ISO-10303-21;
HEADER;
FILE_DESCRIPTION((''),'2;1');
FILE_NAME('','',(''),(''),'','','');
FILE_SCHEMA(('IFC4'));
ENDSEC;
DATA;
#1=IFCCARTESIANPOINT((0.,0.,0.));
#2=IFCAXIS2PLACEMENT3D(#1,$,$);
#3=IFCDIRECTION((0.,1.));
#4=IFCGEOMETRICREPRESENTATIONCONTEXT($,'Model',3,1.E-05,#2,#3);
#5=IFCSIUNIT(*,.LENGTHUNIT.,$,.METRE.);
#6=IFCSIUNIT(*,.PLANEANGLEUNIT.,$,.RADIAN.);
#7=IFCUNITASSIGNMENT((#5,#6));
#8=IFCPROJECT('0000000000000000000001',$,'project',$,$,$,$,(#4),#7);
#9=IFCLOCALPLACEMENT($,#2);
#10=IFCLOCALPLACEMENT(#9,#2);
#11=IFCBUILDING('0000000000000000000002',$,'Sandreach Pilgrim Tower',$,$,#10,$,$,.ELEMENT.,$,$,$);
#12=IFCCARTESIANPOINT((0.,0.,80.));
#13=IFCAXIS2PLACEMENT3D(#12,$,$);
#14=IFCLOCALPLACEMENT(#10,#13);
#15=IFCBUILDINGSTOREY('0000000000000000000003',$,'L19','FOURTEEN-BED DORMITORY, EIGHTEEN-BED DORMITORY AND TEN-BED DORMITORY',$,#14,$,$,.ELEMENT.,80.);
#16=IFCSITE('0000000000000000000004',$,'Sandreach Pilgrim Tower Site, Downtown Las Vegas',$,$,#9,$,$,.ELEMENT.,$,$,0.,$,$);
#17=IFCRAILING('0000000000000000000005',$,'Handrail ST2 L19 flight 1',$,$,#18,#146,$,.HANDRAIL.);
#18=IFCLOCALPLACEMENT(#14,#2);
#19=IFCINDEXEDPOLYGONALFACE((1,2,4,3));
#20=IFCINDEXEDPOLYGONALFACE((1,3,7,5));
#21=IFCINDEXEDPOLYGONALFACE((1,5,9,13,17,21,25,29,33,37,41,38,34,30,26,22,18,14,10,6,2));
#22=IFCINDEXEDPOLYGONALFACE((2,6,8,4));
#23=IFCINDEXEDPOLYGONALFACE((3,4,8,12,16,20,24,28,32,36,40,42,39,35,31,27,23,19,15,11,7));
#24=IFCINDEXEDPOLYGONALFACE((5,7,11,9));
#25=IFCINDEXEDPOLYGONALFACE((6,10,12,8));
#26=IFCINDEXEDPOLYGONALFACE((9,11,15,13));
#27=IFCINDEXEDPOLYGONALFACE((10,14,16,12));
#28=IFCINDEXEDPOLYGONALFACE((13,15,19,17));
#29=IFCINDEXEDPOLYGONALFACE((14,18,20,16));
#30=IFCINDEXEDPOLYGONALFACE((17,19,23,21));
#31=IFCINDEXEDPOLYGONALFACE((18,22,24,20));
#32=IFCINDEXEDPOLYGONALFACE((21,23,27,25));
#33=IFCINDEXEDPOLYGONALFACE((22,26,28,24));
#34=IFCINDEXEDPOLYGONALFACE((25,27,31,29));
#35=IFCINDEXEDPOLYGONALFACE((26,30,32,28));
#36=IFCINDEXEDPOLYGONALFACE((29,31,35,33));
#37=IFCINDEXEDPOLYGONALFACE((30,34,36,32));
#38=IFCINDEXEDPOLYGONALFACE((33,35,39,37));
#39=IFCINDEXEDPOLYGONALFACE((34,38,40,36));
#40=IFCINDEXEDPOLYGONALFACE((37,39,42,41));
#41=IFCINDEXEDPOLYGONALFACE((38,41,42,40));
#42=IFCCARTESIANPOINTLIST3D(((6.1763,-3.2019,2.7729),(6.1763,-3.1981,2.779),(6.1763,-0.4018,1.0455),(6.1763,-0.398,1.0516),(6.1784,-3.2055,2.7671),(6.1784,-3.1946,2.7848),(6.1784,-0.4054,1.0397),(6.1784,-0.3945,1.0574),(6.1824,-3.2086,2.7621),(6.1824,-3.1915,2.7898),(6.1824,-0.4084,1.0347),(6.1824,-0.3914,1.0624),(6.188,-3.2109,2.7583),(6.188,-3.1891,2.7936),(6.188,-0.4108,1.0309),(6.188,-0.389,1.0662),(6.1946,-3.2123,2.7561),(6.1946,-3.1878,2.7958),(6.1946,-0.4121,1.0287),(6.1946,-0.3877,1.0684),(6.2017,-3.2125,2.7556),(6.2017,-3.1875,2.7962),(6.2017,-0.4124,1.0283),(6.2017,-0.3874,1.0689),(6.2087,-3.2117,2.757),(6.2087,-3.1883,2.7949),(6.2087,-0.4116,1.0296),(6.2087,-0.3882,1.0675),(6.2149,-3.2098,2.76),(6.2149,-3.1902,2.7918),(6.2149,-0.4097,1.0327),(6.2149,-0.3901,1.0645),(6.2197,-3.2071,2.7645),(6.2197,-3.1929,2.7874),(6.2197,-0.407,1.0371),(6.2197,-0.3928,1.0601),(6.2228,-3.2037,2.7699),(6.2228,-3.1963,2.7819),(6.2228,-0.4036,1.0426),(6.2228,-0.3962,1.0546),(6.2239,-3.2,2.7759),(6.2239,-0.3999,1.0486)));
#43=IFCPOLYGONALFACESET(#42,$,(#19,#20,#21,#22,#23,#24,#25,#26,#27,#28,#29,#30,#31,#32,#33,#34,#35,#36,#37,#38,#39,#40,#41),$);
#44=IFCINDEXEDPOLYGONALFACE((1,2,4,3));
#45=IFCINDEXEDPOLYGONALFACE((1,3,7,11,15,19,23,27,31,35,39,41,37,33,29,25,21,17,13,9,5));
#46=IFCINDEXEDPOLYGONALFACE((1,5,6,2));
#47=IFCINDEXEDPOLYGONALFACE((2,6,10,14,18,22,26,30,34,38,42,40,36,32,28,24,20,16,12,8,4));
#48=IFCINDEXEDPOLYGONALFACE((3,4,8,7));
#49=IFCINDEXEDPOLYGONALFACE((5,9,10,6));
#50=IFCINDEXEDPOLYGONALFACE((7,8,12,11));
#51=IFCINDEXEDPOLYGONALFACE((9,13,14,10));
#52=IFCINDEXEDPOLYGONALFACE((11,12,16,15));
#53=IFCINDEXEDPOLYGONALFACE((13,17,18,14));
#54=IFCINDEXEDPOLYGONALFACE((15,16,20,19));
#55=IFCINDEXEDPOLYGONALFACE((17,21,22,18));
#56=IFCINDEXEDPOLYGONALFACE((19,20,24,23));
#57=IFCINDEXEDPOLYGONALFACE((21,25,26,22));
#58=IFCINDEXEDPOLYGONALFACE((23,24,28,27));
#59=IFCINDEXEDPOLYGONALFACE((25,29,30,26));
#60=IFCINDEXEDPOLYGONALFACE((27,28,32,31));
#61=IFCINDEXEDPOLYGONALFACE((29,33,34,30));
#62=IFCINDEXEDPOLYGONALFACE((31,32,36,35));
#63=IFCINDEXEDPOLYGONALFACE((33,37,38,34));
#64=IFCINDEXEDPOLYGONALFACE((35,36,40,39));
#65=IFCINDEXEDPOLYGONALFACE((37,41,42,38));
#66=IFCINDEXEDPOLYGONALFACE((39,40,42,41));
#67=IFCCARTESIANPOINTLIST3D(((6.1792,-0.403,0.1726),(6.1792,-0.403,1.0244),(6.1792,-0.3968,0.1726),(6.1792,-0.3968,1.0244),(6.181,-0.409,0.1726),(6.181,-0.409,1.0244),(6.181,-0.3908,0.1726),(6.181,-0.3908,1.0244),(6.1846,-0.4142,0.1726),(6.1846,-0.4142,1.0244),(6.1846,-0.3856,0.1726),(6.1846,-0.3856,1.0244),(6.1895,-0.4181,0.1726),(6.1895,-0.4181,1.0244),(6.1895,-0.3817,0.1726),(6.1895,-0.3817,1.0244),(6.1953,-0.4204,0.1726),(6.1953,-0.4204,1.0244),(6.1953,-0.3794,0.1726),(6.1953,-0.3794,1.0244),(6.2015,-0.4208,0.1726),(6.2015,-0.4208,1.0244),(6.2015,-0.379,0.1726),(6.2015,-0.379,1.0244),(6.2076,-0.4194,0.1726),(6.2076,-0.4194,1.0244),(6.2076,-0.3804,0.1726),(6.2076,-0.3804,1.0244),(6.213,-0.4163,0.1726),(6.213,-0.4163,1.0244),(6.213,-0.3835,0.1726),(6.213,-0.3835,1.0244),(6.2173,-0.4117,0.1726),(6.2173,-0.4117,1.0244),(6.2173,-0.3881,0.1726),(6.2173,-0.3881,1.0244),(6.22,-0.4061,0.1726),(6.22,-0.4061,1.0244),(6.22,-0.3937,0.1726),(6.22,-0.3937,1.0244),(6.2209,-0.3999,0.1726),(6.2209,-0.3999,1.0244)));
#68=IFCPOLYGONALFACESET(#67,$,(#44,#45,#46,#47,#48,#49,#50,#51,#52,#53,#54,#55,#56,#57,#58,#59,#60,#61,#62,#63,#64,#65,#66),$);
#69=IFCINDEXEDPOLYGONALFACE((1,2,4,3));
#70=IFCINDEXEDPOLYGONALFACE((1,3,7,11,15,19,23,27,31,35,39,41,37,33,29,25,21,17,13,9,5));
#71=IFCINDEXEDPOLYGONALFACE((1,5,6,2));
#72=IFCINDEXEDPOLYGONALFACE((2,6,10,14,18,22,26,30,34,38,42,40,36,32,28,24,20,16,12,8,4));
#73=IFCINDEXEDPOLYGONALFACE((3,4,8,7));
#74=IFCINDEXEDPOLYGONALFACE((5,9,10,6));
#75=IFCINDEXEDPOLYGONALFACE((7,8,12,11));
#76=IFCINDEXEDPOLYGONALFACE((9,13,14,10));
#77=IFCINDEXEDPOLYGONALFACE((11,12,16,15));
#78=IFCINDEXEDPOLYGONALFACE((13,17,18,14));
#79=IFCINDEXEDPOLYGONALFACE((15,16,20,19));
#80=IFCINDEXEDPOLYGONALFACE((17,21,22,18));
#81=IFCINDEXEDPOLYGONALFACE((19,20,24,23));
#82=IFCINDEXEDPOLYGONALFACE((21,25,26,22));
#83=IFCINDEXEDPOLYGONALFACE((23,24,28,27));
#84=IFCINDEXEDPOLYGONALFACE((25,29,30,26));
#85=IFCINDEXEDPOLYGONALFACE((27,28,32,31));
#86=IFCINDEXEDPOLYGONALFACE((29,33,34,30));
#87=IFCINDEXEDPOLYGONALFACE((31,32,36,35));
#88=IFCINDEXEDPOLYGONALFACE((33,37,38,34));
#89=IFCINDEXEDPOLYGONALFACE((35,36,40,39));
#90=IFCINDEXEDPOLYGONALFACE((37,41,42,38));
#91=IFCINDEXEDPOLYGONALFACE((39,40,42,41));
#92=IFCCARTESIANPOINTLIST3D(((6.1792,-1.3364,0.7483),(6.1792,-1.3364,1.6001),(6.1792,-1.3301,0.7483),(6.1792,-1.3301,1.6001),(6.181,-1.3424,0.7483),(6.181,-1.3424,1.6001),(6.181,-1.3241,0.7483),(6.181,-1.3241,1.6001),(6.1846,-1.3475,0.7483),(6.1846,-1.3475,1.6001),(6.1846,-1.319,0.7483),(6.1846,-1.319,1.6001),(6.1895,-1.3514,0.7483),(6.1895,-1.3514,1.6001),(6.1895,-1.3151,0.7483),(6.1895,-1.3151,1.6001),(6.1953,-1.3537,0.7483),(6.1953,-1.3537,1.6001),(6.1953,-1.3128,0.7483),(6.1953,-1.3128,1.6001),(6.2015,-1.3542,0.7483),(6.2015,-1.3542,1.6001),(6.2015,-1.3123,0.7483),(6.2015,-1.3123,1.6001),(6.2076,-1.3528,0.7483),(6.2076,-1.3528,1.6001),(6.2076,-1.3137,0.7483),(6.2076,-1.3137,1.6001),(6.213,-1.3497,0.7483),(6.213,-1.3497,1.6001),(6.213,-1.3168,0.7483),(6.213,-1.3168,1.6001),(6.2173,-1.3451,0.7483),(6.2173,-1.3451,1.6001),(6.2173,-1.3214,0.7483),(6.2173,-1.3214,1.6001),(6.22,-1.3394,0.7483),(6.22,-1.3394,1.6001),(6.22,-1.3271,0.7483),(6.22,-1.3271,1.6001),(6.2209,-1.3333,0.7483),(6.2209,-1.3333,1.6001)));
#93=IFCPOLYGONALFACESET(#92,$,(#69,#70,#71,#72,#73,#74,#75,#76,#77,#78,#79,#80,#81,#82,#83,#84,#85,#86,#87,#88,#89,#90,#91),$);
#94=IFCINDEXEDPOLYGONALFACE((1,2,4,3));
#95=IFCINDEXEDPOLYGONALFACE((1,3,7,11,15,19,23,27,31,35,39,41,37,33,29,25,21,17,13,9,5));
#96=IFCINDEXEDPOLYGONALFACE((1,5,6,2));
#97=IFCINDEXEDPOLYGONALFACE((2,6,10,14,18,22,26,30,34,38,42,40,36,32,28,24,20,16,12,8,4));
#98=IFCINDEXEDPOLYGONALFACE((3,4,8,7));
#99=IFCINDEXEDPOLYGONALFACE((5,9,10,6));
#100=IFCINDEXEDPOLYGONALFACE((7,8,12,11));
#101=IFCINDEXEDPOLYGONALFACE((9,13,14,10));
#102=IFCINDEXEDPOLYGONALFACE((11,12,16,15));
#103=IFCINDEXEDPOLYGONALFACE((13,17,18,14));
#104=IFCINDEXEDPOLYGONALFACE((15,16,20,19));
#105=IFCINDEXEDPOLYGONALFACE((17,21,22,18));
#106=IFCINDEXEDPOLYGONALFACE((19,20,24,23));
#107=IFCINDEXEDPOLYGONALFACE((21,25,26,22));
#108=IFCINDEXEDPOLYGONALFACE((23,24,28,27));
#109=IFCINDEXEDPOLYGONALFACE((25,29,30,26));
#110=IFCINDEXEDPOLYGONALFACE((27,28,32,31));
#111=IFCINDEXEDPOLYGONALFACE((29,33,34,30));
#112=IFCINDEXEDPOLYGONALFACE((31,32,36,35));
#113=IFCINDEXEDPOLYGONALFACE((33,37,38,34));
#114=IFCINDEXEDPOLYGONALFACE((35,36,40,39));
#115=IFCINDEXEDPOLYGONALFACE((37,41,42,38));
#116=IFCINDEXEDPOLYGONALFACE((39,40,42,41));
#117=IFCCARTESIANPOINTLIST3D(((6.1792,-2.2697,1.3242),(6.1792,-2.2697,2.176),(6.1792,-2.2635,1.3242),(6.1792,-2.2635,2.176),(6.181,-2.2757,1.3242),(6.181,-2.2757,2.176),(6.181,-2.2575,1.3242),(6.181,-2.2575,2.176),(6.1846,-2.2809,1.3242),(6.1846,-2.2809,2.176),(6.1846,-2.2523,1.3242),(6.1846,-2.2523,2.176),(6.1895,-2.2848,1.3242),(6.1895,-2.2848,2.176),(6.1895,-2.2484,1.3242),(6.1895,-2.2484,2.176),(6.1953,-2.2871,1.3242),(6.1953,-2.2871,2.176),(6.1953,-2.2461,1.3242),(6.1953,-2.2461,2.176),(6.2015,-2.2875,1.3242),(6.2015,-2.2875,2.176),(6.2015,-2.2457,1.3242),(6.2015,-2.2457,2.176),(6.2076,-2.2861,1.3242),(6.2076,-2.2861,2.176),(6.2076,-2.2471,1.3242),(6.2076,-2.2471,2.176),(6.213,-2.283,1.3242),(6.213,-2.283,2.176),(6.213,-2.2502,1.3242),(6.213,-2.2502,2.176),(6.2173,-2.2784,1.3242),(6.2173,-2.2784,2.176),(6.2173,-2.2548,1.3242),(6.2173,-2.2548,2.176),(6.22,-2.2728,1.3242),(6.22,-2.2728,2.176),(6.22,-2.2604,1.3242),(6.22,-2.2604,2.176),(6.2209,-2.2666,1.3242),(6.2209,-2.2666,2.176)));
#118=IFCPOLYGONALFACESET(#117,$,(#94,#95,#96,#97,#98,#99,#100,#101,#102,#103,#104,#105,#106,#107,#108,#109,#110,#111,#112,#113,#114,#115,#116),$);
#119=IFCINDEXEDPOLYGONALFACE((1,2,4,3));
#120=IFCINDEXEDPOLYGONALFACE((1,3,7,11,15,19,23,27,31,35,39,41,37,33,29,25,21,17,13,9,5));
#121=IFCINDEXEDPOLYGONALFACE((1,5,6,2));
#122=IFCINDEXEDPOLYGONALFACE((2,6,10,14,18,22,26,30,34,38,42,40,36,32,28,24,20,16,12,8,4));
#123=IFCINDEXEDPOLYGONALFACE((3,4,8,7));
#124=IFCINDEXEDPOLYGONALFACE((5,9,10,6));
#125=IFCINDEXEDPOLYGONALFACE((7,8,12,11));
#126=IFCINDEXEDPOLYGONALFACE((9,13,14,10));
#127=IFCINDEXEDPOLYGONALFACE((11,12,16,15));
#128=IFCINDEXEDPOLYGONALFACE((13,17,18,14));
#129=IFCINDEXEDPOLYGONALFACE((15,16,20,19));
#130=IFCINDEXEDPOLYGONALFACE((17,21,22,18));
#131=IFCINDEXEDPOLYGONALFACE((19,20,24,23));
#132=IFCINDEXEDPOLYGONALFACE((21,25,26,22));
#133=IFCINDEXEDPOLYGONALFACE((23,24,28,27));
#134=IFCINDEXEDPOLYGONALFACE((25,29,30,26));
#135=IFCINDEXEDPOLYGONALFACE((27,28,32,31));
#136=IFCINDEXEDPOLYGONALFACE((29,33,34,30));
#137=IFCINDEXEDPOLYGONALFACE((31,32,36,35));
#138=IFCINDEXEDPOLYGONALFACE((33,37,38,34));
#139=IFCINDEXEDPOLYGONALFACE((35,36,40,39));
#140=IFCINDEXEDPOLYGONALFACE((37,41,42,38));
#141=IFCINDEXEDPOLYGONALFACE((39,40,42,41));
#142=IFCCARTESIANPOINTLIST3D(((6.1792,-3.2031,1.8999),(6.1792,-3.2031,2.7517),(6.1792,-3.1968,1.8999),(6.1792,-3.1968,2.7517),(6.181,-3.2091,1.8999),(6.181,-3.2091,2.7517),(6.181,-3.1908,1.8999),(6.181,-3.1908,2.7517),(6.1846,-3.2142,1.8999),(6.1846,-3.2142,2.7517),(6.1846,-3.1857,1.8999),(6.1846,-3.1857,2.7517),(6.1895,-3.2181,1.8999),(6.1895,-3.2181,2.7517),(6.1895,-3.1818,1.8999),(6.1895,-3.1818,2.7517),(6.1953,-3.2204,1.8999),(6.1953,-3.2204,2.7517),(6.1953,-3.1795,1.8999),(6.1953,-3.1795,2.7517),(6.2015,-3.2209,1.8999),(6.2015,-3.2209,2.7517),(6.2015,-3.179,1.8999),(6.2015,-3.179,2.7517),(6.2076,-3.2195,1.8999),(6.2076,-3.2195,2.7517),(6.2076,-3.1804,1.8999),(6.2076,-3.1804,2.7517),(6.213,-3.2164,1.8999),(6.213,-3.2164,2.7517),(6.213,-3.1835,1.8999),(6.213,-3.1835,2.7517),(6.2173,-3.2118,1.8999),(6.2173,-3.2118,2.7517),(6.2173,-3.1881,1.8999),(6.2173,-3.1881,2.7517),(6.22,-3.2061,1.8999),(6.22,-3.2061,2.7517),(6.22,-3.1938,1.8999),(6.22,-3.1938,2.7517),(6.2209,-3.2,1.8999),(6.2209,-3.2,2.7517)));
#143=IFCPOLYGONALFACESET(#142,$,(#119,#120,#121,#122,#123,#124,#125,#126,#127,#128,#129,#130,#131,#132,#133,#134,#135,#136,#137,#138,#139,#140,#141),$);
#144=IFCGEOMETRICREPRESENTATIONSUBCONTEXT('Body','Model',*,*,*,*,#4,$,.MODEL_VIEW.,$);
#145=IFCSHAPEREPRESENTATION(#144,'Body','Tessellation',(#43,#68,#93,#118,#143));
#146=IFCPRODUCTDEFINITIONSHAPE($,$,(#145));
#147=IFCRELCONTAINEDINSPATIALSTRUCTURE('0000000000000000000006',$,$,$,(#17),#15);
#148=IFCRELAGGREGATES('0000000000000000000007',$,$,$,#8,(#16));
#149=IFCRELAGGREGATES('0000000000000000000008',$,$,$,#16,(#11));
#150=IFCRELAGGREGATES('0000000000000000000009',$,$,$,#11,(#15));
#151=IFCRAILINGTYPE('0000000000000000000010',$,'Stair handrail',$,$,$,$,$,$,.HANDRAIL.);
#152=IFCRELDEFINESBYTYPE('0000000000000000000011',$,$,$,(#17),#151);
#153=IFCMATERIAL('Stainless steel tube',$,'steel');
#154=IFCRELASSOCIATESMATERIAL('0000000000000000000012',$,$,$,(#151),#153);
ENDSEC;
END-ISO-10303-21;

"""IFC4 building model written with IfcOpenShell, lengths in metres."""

from ifc_helpers import new_model, si_unit, direction, frame, origin, origin_2d, place, context, subcontext, project, spatial, circle, extrude, material, type_object, element, save


model = new_model("IFC4")

# Units and contexts
model_context = context("Model", 3, precision=1e-05, world=origin(), true_north=direction((0.0, 1.0)))
body_context = subcontext(model_context, "Body", "Model", "MODEL_VIEW")
ifc_project = project(units=[si_unit("LENGTHUNIT", "METRE"), si_unit("PLANEANGLEUNIT", "RADIAN")], contexts=[model_context])

# Site, building, storey
site_placement = place(None, origin())
site = spatial("IfcSite", under=ifc_project, at=site_placement, Name="Sandreach Pilgrim Tower Site, Downtown Las Vegas", CompositionType="ELEMENT", RefElevation=0.0)
building_placement = place(site_placement, origin())
building = spatial("IfcBuilding", under=site, at=building_placement, Name="Sandreach Pilgrim Tower", CompositionType="ELEMENT")
storey_placement = place(building_placement, frame((0.0, 0.0, 80.0)))
storey = spatial("IfcBuildingStorey", under=building, at=storey_placement, Name="L19", Description="FOURTEEN-BED DORMITORY, EIGHTEEN-BED DORMITORY AND TEN-BED DORMITORY", CompositionType="ELEMENT", Elevation=80.0)

# Railing
ifc_material_1 = material(Name="Stainless steel tube", Category="steel")
railing_type = type_object("IfcRailingType", Name="Stair handrail", PredefinedType="HANDRAIL", material=ifc_material_1)
railing_placement = place(storey_placement, frame((6.2, -0.3999, 0.1726)))
element("IfcRailing", 1, at=railing_placement, inside=storey, type_object=railing_type, Name="Handrail ST2 L19 flight 1", PredefinedType="HANDRAIL", context=body_context, shape_type="SweptSolid", body=[
    extrude(circle(Radius=0.0239, at=origin_2d()), frame((0.0, 0.0, 0.876), z_axis=(0.0, -0.85109, 0.52502), x_axis=(1.0, 0.0, 0.0)), (0.0, 0.0, 1.0), 3.29),
    extrude(circle(Radius=0.021, at=origin_2d()), origin(), (0.0, 0.0, 1.0), 0.8518),
    extrude(circle(Radius=0.021, at=origin_2d()), frame((0.0, -0.9333, 0.5757)), (0.0, 0.0, 1.0), 0.8518),
    extrude(circle(Radius=0.021, at=origin_2d()), frame((0.0, -1.8667, 1.1516)), (0.0, 0.0, 1.0), 0.8518),
    extrude(circle(Radius=0.021, at=origin_2d()), frame((0.0, -2.8, 1.7273)), (0.0, 0.0, 1.0), 0.8518),
])

save(model, "model.ifc")
